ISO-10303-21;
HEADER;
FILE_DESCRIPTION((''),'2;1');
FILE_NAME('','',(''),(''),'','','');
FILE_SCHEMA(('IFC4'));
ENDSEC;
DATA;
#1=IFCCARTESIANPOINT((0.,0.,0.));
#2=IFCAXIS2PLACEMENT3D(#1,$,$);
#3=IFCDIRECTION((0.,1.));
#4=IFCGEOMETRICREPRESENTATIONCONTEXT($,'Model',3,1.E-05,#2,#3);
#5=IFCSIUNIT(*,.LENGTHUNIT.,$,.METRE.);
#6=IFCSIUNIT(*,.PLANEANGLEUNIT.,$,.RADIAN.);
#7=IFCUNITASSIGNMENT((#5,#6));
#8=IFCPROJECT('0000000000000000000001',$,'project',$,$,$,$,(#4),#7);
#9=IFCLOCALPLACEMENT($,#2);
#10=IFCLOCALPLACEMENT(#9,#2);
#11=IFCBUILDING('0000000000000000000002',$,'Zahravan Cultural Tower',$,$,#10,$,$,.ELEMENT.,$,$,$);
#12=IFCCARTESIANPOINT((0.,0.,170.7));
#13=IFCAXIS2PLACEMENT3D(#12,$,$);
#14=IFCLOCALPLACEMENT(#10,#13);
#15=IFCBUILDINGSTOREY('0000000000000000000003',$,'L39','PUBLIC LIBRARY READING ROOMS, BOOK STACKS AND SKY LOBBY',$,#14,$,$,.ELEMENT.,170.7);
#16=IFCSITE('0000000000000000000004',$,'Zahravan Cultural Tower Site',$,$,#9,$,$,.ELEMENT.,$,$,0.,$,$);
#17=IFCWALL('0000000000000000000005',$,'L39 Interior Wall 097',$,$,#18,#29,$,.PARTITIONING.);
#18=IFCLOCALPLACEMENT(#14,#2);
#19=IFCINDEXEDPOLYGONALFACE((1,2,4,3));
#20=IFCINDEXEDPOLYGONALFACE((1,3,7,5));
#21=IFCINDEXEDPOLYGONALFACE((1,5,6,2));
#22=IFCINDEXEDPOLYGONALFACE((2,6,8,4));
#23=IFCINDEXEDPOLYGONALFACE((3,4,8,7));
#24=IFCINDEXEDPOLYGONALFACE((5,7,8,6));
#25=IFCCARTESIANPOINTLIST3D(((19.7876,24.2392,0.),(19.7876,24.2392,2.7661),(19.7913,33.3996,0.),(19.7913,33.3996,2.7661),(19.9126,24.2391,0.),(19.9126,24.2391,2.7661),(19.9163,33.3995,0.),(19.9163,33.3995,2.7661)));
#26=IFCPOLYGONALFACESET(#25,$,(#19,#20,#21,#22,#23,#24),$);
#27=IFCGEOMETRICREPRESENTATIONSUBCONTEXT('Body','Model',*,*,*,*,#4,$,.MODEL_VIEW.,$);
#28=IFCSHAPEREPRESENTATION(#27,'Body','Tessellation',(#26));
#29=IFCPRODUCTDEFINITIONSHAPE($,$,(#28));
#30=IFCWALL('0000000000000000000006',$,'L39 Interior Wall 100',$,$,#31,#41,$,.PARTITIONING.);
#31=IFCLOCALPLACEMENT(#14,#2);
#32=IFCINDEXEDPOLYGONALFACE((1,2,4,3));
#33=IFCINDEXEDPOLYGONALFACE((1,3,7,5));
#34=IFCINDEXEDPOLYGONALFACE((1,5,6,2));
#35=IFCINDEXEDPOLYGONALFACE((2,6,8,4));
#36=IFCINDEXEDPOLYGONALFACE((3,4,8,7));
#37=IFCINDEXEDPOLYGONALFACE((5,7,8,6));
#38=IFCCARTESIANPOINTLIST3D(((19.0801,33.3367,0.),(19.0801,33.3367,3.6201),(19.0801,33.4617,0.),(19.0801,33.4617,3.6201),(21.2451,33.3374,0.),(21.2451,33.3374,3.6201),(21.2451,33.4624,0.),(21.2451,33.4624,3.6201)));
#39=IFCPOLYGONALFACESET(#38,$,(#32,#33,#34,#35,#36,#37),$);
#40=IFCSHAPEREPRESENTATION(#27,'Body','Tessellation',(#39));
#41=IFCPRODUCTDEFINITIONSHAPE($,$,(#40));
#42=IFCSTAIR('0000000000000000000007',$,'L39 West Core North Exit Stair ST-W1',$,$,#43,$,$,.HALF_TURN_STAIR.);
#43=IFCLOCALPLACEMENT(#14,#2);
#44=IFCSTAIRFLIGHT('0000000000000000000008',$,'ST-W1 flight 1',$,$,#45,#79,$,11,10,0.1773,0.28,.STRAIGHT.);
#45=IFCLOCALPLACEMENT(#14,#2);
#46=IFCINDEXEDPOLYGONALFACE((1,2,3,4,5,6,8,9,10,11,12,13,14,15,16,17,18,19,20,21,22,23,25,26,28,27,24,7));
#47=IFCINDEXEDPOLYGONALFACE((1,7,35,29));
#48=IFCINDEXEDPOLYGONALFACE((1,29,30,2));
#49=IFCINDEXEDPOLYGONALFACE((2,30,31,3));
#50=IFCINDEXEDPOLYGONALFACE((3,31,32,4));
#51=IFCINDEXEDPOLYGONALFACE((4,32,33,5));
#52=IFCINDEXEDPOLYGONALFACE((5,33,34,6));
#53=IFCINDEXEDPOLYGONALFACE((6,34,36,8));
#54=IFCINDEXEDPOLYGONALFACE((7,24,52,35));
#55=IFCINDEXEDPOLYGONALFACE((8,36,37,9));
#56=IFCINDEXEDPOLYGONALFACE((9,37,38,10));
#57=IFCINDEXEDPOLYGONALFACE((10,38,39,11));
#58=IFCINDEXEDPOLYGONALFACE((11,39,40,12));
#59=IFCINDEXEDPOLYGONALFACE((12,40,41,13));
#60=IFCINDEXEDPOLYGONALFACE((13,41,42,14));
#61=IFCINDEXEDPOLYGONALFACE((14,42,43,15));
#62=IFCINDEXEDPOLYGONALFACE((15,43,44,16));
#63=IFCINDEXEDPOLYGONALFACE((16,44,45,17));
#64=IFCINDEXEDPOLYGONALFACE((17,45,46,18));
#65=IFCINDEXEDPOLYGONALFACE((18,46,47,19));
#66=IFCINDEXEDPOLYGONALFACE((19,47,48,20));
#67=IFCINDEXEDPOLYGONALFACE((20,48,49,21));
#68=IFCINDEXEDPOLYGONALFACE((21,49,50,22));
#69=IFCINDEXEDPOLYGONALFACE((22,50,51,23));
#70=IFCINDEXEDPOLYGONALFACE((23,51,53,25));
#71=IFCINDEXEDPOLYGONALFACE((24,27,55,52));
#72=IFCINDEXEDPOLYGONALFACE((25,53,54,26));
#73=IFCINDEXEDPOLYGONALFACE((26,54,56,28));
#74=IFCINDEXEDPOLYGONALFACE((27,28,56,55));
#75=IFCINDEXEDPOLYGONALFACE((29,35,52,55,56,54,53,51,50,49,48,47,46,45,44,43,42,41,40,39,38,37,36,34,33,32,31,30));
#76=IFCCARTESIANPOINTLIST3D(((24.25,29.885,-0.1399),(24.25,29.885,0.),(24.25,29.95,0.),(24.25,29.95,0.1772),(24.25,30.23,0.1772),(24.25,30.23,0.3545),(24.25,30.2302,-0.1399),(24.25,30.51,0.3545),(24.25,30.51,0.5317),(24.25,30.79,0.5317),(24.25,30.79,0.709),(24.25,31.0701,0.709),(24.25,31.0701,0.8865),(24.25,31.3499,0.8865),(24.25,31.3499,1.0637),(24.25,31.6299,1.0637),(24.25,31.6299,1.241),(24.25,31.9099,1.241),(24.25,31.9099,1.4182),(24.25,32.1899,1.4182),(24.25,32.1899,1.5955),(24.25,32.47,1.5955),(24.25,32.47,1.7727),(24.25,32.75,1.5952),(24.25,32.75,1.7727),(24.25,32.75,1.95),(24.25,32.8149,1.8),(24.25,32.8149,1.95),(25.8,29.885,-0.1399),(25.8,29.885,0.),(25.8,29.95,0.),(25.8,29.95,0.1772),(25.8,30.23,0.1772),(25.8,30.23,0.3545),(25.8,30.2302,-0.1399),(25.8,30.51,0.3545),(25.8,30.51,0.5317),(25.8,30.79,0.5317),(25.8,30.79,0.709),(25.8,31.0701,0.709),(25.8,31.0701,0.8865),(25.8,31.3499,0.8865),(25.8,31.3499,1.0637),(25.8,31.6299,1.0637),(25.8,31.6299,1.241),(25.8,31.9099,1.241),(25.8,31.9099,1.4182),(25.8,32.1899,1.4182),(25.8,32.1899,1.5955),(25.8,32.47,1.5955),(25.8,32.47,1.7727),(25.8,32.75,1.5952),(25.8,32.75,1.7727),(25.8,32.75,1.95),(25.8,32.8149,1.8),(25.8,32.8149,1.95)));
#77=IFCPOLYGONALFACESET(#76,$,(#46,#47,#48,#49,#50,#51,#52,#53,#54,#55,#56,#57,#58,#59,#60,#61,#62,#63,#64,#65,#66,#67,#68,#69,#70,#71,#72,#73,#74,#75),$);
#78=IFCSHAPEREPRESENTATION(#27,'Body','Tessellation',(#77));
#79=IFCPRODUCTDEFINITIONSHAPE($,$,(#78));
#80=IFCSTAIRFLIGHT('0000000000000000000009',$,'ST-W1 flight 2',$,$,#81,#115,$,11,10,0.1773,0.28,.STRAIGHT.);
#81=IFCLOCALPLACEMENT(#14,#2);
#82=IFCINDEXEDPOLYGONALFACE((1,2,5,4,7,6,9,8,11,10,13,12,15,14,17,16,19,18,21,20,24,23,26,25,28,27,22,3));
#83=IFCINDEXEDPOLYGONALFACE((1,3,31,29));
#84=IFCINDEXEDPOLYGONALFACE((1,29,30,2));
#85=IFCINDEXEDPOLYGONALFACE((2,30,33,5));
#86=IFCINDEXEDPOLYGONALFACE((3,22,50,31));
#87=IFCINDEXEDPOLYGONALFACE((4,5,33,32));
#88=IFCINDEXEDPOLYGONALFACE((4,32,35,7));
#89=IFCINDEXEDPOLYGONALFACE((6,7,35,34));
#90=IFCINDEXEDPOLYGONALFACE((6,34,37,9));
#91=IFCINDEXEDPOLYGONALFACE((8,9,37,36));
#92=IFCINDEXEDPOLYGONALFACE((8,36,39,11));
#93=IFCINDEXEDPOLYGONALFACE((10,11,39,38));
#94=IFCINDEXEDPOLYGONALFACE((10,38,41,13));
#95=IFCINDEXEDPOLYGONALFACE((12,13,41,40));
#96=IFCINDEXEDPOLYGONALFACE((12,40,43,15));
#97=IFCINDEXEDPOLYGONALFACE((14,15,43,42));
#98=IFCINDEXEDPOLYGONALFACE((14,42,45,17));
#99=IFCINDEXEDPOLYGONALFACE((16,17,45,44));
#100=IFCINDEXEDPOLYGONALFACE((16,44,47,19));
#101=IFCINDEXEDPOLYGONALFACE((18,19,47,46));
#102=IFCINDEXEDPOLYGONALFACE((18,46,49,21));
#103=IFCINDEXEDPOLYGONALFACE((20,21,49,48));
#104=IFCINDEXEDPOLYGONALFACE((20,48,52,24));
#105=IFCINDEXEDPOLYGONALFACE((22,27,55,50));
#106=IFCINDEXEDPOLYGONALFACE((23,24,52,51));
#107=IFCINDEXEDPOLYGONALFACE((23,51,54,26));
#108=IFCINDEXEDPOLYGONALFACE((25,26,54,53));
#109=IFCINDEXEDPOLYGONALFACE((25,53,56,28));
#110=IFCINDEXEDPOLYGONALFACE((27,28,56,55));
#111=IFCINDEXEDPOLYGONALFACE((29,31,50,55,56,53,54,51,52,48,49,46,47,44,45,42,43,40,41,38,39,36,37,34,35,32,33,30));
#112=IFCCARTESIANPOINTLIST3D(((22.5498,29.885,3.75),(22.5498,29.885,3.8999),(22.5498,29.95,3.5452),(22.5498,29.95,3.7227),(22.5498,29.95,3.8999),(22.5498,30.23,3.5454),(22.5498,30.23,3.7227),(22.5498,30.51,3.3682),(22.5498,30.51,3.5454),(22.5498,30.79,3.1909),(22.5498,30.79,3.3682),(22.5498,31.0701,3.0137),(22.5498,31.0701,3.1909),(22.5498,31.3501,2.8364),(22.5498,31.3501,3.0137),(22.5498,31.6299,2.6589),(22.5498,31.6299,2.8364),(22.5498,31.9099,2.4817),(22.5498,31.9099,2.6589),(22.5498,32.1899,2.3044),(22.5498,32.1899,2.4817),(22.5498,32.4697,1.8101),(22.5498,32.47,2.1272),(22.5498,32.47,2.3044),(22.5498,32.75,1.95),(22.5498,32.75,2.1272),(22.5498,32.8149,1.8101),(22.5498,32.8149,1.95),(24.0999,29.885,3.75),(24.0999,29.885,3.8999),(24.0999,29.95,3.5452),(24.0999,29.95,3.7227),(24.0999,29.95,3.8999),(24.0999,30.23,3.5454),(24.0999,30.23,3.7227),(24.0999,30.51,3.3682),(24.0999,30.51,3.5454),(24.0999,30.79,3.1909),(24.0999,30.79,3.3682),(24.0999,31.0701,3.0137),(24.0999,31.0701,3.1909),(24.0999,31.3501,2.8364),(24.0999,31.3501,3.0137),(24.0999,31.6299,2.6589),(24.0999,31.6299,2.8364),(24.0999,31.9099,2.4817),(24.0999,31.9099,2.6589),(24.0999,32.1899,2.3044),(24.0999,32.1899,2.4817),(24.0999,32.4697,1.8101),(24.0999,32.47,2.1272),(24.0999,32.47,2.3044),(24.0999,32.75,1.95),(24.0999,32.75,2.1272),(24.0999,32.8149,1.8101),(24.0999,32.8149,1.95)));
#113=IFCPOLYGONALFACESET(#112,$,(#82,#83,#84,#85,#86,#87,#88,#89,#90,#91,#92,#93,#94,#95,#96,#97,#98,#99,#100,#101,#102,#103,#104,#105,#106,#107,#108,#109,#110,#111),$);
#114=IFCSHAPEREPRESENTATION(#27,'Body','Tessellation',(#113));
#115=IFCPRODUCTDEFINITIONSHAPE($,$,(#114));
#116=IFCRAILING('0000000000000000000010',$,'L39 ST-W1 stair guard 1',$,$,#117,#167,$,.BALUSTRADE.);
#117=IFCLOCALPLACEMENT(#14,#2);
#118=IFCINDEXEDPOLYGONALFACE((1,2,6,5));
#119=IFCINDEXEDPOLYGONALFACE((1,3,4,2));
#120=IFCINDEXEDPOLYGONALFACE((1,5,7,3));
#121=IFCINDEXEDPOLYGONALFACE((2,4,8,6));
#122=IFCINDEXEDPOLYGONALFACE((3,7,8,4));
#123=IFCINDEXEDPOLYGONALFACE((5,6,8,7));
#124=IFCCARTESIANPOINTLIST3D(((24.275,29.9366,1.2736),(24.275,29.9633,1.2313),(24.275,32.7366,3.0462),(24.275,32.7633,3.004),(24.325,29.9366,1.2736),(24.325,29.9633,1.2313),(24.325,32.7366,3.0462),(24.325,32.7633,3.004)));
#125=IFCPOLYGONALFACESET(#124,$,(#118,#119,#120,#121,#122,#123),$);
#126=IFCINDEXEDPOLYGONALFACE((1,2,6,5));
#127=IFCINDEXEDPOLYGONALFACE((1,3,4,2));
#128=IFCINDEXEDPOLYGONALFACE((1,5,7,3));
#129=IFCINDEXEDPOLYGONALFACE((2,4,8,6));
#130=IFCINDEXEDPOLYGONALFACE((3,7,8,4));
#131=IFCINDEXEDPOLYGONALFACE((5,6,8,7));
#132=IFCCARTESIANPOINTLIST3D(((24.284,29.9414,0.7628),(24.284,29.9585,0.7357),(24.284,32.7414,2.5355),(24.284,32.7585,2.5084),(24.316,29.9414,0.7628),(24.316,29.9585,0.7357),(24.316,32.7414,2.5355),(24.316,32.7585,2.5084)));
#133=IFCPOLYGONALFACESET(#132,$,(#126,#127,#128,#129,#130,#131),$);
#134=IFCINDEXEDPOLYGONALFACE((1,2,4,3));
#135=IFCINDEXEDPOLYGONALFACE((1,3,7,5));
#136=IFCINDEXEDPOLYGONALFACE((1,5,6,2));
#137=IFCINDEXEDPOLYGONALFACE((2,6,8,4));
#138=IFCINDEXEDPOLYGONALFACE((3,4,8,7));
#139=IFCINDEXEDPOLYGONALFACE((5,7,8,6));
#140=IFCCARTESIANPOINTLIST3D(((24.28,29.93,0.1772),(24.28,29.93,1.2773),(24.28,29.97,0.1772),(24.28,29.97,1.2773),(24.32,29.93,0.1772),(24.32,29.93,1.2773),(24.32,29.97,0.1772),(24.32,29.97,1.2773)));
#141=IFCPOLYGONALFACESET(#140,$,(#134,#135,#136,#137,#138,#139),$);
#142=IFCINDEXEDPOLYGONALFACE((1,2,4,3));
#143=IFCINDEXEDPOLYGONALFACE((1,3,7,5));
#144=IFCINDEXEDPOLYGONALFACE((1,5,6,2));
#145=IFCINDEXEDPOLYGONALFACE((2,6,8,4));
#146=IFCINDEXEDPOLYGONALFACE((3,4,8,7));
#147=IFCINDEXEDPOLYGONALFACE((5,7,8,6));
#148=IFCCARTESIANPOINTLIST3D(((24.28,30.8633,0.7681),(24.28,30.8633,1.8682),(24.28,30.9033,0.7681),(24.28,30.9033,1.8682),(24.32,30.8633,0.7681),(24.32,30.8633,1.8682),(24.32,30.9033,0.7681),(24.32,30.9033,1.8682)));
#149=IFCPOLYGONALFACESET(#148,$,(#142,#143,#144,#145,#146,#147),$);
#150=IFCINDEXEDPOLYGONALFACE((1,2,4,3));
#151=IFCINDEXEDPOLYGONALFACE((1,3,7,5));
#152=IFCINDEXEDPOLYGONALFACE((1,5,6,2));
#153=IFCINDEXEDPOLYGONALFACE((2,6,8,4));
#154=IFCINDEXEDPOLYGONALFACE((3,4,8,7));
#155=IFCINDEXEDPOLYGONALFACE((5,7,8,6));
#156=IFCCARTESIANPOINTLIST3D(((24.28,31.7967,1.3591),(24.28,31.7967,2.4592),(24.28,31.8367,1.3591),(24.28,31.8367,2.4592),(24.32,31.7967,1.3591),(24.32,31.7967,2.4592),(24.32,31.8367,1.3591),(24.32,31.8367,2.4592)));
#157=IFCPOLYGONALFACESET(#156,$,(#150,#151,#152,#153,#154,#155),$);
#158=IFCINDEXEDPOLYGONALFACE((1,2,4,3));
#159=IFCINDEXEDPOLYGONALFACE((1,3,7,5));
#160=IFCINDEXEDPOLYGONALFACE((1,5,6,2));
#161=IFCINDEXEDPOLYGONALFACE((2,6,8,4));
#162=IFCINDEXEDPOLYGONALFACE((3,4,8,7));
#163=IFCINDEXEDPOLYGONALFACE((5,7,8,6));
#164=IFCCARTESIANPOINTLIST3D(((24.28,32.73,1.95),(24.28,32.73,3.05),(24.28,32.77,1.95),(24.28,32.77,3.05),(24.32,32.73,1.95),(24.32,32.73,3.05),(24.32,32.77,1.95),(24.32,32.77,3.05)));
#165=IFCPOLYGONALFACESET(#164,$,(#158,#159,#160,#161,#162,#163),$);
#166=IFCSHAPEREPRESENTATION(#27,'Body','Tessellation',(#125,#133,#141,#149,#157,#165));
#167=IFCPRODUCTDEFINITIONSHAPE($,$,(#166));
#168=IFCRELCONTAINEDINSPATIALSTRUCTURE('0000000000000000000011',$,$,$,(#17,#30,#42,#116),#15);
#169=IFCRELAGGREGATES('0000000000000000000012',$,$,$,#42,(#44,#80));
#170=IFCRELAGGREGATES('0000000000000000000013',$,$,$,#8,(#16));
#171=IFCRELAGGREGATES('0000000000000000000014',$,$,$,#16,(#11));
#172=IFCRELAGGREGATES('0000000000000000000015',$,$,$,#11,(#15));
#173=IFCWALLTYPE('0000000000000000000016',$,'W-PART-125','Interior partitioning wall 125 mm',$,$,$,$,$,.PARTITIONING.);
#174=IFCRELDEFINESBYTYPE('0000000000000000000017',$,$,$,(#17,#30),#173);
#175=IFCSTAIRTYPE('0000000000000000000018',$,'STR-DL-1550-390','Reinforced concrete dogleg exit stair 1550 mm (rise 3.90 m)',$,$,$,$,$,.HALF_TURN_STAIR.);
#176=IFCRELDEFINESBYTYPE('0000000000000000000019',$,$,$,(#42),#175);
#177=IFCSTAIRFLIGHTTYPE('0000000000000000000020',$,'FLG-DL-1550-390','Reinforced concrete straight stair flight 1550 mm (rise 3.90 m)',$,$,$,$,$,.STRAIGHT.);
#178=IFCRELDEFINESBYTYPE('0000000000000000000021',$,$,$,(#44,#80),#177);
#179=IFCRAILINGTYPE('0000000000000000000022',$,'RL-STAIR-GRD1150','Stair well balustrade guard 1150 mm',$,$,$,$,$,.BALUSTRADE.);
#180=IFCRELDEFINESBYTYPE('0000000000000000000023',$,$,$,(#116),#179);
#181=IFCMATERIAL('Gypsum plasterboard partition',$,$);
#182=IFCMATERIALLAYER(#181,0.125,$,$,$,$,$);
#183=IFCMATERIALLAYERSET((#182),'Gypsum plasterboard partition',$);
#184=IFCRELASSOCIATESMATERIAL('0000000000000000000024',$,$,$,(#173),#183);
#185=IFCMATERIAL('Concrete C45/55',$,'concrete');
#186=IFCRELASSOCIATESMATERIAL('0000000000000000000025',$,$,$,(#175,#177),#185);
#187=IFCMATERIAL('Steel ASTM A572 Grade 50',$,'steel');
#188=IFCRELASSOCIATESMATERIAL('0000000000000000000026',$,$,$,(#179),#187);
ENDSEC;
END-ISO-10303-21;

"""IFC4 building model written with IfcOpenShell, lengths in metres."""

from ifc_helpers import new_model, si_unit, direction, frame, frame_2d, origin, origin_2d, place, context, subcontext, project, spatial, polyline, rectangle, outline, extrude, source, transform, mapped, material, layer, layer_set, type_object, element, aggregate, save


model = new_model("IFC4")

# Units and contexts
model_context = context("Model", 3, precision=1e-05, world=origin(), true_north=direction((0.0, 1.0)))
body_context = subcontext(model_context, "Body", "Model", "MODEL_VIEW")
ifc_project = project(units=[si_unit("LENGTHUNIT", "METRE"), si_unit("PLANEANGLEUNIT", "RADIAN")], contexts=[model_context])

# Site, building, storey
site_placement = place(None, origin())
site = spatial("IfcSite", under=ifc_project, at=site_placement, Name="Zahravan Cultural Tower Site", CompositionType="ELEMENT", RefElevation=0.0)
building_placement = place(site_placement, origin())
building = spatial("IfcBuilding", under=site, at=building_placement, Name="Zahravan Cultural Tower", CompositionType="ELEMENT")
storey_placement = place(building_placement, frame((0.0, 0.0, 170.7)))
storey = spatial("IfcBuildingStorey", under=building, at=storey_placement, Name="L39", Description="PUBLIC LIBRARY READING ROOMS, BOOK STACKS AND SKY LOBBY", CompositionType="ELEMENT", Elevation=170.7)

# Walls
ifc_material_1 = material(Name="Concrete C45/55", Category="concrete")
ifc_material_2 = material(Name="Gypsum plasterboard partition")
ifc_layer_1 = layer(ifc_material_2, 0.125)
ifc_layer_set_1 = layer_set([ifc_layer_1], Name="Gypsum plasterboard partition")
wall_type_1 = type_object("IfcWallType", Name="W-PART-125", Description="Interior partitioning wall 125 mm", PredefinedType="PARTITIONING", material=ifc_layer_set_1)
shared_shape_1 = source(origin(), body_context, "Body", "SweptSolid", [
    extrude(rectangle(XDim=9.1604, YDim=0.125, at=frame_2d((4.5801, 0.0))), origin(), (0.0, 0.0, 1.0), 2.7661),
])
wall_1_placement = place(storey_placement, frame((19.8538, 33.3994, 0.0), z_axis=(0.0, 0.0, 1.0), x_axis=(-0.0004, -1.0, 0.0)))
element("IfcWall", 1, at=wall_1_placement, inside=storey, type_object=wall_type_1, Name="L39 Interior Wall 097", PredefinedType="PARTITIONING", context=body_context, shape_type="MappedRepresentation", body=[
    mapped(shared_shape_1, transform((0.0, 0.0, 0.0), x_axis=(1.0, 0.0, 0.0), y_axis=(0.0, 1.0, 0.0), z_axis=(0.0, 0.0, 1.0), scale=1.0)),
])
shared_shape_2 = source(origin(), body_context, "Body", "SweptSolid", [
    extrude(rectangle(XDim=2.165, YDim=0.125, at=frame_2d((1.0825, 0.0))), origin(), (0.0, 0.0, 1.0), 3.6201),
])
wall_2_placement = place(storey_placement, frame((21.2451, 33.3999, 0.0), z_axis=(0.0, 0.0, 1.0), x_axis=(-1.0, -0.000338, 0.0)))
element("IfcWall", 2, at=wall_2_placement, inside=storey, type_object=wall_type_1, Name="L39 Interior Wall 100", PredefinedType="PARTITIONING", context=body_context, shape_type="MappedRepresentation", body=[
    mapped(shared_shape_2, transform((0.0, 0.0, 0.0), x_axis=(1.0, 0.0, 0.0), y_axis=(0.0, 1.0, 0.0), z_axis=(0.0, 0.0, 1.0), scale=1.0)),
])

# Stair, stair flights
stair_type = type_object("IfcStairType", Name="STR-DL-1550-390", Description="Reinforced concrete dogleg exit stair 1550 mm (rise 3.90 m)", PredefinedType="HALF_TURN_STAIR", material=ifc_material_1)
stair_placement = place(storey_placement, origin())
stair = element("IfcStair", 3, at=stair_placement, inside=storey, type_object=stair_type, Name="L39 West Core North Exit Stair ST-W1", PredefinedType="HALF_TURN_STAIR")
stair_flight_type = type_object("IfcStairFlightType", Name="FLG-DL-1550-390", Description="Reinforced concrete straight stair flight 1550 mm (rise 3.90 m)", PredefinedType="STRAIGHT", material=ifc_material_1)
stair_flight_1_placement = place(storey_placement, frame((25.0249, 29.95, 0.0), z_axis=(0.0, 0.0, 1.0), x_axis=(0.0, 1.0, 0.0)))
stair_flight_1 = element("IfcStairFlight", 4, at=stair_flight_1_placement, type_object=stair_flight_type, Name="ST-W1 flight 1", NumberOfRisers=11, NumberOfTreads=10, PredefinedType="STRAIGHT", RiserHeight=0.1773, TreadLength=0.28, context=body_context, shape_type="SweptSolid", body=[
    extrude(outline(polyline([(-0.0649, -0.1399), (-0.0649, 0.0), (0.0, 0.0), (0.0, 0.1772), (0.28, 0.1772), (0.28, 0.3545), (0.5601, 0.3545), (0.5601, 0.5317), (0.8401, 0.5317), (0.8401, 0.709), (1.1201, 0.709), (1.1201, 0.8865), (1.3999, 0.8865), (1.3999, 1.0637), (1.6799, 1.0637), (1.6799, 1.241), (1.96, 1.241), (1.96, 1.4182), (2.24, 1.4182), (2.24, 1.5955), (2.52, 1.5955), (2.52, 1.7727), (2.8, 1.7727), (2.8, 1.95), (2.865, 1.95), (2.865, 1.8), (2.8, 1.5952), (0.2803, -0.1399), (-0.0649, -0.1399)])), frame((0.0, 0.7749, 0.0), z_axis=(0.0, -1.0, 0.0), x_axis=(1.0, 0.0, 0.0)), (0.0, 0.0, 1.0), 1.55),
])
stair_flight_2_placement = place(storey_placement, frame((23.325, 32.75, 1.95), z_axis=(0.0, 0.0, 1.0), x_axis=(0.0, -1.0, 0.0)))
stair_flight_2 = element("IfcStairFlight", 5, at=stair_flight_2_placement, type_object=stair_flight_type, Name="ST-W1 flight 2", NumberOfRisers=11, NumberOfTreads=10, PredefinedType="STRAIGHT", RiserHeight=0.1773, TreadLength=0.28, context=body_context, shape_type="SweptSolid", body=[
    extrude(outline(polyline([(-0.0649, -0.1399), (-0.0649, 0.0), (0.0, 0.0), (0.0, 0.1772), (0.28, 0.1772), (0.28, 0.3545), (0.5601, 0.3545), (0.5601, 0.5317), (0.8401, 0.5317), (0.8401, 0.709), (1.1201, 0.709), (1.1201, 0.8865), (1.3999, 0.8865), (1.3999, 1.0637), (1.6799, 1.0637), (1.6799, 1.241), (1.96, 1.241), (1.96, 1.4182), (2.24, 1.4182), (2.24, 1.5955), (2.52, 1.5955), (2.52, 1.7727), (2.8, 1.7727), (2.8, 1.95), (2.865, 1.95), (2.865, 1.8), (2.8, 1.5952), (0.2803, -0.1399), (-0.0649, -0.1399)])), frame((0.0, 0.7749, 0.0), z_axis=(0.0, -1.0, 0.0), x_axis=(1.0, 0.0, 0.0)), (0.0, 0.0, 1.0), 1.55),
])
aggregate(stair, [stair_flight_1, stair_flight_2])

# Railing
ifc_material_3 = material(Name="Steel ASTM A572 Grade 50", Category="steel")
railing_type_1 = type_object("IfcRailingType", Name="RL-STAIR-GRD1150", Description="Stair well balustrade guard 1150 mm", PredefinedType="BALUSTRADE", material=ifc_material_3)
railing_1_placement = place(storey_placement, frame((24.3, 29.95, 0.1772)))
element("IfcRailing", 6, at=railing_1_placement, inside=storey, type_object=railing_type_1, Name="L39 ST-W1 stair guard 1", PredefinedType="BALUSTRADE", context=body_context, shape_type="SweptSolid", body=[
    extrude(rectangle(XDim=0.05, YDim=0.05, at=origin_2d()), frame((0.0, 0.0, 1.0752), z_axis=(0.0, 0.844909, 0.53491), x_axis=(-1.0, 0.0, 0.0)), (0.0, 0.0, 1.0), 3.314),
    extrude(rectangle(XDim=0.032, YDim=0.032, at=origin_2d()), frame((0.0, 0.0, 0.572), z_axis=(0.0, 0.844909, 0.53491), x_axis=(-1.0, 0.0, 0.0)), (0.0, 0.0, 1.0), 3.314),
    extrude(rectangle(XDim=0.04, YDim=0.04, at=origin_2d()), origin(), (0.0, 0.0, 1.0), 1.1001),
    extrude(rectangle(XDim=0.04, YDim=0.04, at=origin_2d()), frame((0.0, 0.9333, 0.5908)), (0.0, 0.0, 1.0), 1.1001),
    extrude(rectangle(XDim=0.04, YDim=0.04, at=origin_2d()), frame((0.0, 1.8667, 1.1819)), (0.0, 0.0, 1.0), 1.1001),
    extrude(rectangle(XDim=0.04, YDim=0.04, at=origin_2d()), frame((0.0, 2.8, 1.7727)), (0.0, 0.0, 1.0), 1.1001),
])

save(model, "model.ifc")
